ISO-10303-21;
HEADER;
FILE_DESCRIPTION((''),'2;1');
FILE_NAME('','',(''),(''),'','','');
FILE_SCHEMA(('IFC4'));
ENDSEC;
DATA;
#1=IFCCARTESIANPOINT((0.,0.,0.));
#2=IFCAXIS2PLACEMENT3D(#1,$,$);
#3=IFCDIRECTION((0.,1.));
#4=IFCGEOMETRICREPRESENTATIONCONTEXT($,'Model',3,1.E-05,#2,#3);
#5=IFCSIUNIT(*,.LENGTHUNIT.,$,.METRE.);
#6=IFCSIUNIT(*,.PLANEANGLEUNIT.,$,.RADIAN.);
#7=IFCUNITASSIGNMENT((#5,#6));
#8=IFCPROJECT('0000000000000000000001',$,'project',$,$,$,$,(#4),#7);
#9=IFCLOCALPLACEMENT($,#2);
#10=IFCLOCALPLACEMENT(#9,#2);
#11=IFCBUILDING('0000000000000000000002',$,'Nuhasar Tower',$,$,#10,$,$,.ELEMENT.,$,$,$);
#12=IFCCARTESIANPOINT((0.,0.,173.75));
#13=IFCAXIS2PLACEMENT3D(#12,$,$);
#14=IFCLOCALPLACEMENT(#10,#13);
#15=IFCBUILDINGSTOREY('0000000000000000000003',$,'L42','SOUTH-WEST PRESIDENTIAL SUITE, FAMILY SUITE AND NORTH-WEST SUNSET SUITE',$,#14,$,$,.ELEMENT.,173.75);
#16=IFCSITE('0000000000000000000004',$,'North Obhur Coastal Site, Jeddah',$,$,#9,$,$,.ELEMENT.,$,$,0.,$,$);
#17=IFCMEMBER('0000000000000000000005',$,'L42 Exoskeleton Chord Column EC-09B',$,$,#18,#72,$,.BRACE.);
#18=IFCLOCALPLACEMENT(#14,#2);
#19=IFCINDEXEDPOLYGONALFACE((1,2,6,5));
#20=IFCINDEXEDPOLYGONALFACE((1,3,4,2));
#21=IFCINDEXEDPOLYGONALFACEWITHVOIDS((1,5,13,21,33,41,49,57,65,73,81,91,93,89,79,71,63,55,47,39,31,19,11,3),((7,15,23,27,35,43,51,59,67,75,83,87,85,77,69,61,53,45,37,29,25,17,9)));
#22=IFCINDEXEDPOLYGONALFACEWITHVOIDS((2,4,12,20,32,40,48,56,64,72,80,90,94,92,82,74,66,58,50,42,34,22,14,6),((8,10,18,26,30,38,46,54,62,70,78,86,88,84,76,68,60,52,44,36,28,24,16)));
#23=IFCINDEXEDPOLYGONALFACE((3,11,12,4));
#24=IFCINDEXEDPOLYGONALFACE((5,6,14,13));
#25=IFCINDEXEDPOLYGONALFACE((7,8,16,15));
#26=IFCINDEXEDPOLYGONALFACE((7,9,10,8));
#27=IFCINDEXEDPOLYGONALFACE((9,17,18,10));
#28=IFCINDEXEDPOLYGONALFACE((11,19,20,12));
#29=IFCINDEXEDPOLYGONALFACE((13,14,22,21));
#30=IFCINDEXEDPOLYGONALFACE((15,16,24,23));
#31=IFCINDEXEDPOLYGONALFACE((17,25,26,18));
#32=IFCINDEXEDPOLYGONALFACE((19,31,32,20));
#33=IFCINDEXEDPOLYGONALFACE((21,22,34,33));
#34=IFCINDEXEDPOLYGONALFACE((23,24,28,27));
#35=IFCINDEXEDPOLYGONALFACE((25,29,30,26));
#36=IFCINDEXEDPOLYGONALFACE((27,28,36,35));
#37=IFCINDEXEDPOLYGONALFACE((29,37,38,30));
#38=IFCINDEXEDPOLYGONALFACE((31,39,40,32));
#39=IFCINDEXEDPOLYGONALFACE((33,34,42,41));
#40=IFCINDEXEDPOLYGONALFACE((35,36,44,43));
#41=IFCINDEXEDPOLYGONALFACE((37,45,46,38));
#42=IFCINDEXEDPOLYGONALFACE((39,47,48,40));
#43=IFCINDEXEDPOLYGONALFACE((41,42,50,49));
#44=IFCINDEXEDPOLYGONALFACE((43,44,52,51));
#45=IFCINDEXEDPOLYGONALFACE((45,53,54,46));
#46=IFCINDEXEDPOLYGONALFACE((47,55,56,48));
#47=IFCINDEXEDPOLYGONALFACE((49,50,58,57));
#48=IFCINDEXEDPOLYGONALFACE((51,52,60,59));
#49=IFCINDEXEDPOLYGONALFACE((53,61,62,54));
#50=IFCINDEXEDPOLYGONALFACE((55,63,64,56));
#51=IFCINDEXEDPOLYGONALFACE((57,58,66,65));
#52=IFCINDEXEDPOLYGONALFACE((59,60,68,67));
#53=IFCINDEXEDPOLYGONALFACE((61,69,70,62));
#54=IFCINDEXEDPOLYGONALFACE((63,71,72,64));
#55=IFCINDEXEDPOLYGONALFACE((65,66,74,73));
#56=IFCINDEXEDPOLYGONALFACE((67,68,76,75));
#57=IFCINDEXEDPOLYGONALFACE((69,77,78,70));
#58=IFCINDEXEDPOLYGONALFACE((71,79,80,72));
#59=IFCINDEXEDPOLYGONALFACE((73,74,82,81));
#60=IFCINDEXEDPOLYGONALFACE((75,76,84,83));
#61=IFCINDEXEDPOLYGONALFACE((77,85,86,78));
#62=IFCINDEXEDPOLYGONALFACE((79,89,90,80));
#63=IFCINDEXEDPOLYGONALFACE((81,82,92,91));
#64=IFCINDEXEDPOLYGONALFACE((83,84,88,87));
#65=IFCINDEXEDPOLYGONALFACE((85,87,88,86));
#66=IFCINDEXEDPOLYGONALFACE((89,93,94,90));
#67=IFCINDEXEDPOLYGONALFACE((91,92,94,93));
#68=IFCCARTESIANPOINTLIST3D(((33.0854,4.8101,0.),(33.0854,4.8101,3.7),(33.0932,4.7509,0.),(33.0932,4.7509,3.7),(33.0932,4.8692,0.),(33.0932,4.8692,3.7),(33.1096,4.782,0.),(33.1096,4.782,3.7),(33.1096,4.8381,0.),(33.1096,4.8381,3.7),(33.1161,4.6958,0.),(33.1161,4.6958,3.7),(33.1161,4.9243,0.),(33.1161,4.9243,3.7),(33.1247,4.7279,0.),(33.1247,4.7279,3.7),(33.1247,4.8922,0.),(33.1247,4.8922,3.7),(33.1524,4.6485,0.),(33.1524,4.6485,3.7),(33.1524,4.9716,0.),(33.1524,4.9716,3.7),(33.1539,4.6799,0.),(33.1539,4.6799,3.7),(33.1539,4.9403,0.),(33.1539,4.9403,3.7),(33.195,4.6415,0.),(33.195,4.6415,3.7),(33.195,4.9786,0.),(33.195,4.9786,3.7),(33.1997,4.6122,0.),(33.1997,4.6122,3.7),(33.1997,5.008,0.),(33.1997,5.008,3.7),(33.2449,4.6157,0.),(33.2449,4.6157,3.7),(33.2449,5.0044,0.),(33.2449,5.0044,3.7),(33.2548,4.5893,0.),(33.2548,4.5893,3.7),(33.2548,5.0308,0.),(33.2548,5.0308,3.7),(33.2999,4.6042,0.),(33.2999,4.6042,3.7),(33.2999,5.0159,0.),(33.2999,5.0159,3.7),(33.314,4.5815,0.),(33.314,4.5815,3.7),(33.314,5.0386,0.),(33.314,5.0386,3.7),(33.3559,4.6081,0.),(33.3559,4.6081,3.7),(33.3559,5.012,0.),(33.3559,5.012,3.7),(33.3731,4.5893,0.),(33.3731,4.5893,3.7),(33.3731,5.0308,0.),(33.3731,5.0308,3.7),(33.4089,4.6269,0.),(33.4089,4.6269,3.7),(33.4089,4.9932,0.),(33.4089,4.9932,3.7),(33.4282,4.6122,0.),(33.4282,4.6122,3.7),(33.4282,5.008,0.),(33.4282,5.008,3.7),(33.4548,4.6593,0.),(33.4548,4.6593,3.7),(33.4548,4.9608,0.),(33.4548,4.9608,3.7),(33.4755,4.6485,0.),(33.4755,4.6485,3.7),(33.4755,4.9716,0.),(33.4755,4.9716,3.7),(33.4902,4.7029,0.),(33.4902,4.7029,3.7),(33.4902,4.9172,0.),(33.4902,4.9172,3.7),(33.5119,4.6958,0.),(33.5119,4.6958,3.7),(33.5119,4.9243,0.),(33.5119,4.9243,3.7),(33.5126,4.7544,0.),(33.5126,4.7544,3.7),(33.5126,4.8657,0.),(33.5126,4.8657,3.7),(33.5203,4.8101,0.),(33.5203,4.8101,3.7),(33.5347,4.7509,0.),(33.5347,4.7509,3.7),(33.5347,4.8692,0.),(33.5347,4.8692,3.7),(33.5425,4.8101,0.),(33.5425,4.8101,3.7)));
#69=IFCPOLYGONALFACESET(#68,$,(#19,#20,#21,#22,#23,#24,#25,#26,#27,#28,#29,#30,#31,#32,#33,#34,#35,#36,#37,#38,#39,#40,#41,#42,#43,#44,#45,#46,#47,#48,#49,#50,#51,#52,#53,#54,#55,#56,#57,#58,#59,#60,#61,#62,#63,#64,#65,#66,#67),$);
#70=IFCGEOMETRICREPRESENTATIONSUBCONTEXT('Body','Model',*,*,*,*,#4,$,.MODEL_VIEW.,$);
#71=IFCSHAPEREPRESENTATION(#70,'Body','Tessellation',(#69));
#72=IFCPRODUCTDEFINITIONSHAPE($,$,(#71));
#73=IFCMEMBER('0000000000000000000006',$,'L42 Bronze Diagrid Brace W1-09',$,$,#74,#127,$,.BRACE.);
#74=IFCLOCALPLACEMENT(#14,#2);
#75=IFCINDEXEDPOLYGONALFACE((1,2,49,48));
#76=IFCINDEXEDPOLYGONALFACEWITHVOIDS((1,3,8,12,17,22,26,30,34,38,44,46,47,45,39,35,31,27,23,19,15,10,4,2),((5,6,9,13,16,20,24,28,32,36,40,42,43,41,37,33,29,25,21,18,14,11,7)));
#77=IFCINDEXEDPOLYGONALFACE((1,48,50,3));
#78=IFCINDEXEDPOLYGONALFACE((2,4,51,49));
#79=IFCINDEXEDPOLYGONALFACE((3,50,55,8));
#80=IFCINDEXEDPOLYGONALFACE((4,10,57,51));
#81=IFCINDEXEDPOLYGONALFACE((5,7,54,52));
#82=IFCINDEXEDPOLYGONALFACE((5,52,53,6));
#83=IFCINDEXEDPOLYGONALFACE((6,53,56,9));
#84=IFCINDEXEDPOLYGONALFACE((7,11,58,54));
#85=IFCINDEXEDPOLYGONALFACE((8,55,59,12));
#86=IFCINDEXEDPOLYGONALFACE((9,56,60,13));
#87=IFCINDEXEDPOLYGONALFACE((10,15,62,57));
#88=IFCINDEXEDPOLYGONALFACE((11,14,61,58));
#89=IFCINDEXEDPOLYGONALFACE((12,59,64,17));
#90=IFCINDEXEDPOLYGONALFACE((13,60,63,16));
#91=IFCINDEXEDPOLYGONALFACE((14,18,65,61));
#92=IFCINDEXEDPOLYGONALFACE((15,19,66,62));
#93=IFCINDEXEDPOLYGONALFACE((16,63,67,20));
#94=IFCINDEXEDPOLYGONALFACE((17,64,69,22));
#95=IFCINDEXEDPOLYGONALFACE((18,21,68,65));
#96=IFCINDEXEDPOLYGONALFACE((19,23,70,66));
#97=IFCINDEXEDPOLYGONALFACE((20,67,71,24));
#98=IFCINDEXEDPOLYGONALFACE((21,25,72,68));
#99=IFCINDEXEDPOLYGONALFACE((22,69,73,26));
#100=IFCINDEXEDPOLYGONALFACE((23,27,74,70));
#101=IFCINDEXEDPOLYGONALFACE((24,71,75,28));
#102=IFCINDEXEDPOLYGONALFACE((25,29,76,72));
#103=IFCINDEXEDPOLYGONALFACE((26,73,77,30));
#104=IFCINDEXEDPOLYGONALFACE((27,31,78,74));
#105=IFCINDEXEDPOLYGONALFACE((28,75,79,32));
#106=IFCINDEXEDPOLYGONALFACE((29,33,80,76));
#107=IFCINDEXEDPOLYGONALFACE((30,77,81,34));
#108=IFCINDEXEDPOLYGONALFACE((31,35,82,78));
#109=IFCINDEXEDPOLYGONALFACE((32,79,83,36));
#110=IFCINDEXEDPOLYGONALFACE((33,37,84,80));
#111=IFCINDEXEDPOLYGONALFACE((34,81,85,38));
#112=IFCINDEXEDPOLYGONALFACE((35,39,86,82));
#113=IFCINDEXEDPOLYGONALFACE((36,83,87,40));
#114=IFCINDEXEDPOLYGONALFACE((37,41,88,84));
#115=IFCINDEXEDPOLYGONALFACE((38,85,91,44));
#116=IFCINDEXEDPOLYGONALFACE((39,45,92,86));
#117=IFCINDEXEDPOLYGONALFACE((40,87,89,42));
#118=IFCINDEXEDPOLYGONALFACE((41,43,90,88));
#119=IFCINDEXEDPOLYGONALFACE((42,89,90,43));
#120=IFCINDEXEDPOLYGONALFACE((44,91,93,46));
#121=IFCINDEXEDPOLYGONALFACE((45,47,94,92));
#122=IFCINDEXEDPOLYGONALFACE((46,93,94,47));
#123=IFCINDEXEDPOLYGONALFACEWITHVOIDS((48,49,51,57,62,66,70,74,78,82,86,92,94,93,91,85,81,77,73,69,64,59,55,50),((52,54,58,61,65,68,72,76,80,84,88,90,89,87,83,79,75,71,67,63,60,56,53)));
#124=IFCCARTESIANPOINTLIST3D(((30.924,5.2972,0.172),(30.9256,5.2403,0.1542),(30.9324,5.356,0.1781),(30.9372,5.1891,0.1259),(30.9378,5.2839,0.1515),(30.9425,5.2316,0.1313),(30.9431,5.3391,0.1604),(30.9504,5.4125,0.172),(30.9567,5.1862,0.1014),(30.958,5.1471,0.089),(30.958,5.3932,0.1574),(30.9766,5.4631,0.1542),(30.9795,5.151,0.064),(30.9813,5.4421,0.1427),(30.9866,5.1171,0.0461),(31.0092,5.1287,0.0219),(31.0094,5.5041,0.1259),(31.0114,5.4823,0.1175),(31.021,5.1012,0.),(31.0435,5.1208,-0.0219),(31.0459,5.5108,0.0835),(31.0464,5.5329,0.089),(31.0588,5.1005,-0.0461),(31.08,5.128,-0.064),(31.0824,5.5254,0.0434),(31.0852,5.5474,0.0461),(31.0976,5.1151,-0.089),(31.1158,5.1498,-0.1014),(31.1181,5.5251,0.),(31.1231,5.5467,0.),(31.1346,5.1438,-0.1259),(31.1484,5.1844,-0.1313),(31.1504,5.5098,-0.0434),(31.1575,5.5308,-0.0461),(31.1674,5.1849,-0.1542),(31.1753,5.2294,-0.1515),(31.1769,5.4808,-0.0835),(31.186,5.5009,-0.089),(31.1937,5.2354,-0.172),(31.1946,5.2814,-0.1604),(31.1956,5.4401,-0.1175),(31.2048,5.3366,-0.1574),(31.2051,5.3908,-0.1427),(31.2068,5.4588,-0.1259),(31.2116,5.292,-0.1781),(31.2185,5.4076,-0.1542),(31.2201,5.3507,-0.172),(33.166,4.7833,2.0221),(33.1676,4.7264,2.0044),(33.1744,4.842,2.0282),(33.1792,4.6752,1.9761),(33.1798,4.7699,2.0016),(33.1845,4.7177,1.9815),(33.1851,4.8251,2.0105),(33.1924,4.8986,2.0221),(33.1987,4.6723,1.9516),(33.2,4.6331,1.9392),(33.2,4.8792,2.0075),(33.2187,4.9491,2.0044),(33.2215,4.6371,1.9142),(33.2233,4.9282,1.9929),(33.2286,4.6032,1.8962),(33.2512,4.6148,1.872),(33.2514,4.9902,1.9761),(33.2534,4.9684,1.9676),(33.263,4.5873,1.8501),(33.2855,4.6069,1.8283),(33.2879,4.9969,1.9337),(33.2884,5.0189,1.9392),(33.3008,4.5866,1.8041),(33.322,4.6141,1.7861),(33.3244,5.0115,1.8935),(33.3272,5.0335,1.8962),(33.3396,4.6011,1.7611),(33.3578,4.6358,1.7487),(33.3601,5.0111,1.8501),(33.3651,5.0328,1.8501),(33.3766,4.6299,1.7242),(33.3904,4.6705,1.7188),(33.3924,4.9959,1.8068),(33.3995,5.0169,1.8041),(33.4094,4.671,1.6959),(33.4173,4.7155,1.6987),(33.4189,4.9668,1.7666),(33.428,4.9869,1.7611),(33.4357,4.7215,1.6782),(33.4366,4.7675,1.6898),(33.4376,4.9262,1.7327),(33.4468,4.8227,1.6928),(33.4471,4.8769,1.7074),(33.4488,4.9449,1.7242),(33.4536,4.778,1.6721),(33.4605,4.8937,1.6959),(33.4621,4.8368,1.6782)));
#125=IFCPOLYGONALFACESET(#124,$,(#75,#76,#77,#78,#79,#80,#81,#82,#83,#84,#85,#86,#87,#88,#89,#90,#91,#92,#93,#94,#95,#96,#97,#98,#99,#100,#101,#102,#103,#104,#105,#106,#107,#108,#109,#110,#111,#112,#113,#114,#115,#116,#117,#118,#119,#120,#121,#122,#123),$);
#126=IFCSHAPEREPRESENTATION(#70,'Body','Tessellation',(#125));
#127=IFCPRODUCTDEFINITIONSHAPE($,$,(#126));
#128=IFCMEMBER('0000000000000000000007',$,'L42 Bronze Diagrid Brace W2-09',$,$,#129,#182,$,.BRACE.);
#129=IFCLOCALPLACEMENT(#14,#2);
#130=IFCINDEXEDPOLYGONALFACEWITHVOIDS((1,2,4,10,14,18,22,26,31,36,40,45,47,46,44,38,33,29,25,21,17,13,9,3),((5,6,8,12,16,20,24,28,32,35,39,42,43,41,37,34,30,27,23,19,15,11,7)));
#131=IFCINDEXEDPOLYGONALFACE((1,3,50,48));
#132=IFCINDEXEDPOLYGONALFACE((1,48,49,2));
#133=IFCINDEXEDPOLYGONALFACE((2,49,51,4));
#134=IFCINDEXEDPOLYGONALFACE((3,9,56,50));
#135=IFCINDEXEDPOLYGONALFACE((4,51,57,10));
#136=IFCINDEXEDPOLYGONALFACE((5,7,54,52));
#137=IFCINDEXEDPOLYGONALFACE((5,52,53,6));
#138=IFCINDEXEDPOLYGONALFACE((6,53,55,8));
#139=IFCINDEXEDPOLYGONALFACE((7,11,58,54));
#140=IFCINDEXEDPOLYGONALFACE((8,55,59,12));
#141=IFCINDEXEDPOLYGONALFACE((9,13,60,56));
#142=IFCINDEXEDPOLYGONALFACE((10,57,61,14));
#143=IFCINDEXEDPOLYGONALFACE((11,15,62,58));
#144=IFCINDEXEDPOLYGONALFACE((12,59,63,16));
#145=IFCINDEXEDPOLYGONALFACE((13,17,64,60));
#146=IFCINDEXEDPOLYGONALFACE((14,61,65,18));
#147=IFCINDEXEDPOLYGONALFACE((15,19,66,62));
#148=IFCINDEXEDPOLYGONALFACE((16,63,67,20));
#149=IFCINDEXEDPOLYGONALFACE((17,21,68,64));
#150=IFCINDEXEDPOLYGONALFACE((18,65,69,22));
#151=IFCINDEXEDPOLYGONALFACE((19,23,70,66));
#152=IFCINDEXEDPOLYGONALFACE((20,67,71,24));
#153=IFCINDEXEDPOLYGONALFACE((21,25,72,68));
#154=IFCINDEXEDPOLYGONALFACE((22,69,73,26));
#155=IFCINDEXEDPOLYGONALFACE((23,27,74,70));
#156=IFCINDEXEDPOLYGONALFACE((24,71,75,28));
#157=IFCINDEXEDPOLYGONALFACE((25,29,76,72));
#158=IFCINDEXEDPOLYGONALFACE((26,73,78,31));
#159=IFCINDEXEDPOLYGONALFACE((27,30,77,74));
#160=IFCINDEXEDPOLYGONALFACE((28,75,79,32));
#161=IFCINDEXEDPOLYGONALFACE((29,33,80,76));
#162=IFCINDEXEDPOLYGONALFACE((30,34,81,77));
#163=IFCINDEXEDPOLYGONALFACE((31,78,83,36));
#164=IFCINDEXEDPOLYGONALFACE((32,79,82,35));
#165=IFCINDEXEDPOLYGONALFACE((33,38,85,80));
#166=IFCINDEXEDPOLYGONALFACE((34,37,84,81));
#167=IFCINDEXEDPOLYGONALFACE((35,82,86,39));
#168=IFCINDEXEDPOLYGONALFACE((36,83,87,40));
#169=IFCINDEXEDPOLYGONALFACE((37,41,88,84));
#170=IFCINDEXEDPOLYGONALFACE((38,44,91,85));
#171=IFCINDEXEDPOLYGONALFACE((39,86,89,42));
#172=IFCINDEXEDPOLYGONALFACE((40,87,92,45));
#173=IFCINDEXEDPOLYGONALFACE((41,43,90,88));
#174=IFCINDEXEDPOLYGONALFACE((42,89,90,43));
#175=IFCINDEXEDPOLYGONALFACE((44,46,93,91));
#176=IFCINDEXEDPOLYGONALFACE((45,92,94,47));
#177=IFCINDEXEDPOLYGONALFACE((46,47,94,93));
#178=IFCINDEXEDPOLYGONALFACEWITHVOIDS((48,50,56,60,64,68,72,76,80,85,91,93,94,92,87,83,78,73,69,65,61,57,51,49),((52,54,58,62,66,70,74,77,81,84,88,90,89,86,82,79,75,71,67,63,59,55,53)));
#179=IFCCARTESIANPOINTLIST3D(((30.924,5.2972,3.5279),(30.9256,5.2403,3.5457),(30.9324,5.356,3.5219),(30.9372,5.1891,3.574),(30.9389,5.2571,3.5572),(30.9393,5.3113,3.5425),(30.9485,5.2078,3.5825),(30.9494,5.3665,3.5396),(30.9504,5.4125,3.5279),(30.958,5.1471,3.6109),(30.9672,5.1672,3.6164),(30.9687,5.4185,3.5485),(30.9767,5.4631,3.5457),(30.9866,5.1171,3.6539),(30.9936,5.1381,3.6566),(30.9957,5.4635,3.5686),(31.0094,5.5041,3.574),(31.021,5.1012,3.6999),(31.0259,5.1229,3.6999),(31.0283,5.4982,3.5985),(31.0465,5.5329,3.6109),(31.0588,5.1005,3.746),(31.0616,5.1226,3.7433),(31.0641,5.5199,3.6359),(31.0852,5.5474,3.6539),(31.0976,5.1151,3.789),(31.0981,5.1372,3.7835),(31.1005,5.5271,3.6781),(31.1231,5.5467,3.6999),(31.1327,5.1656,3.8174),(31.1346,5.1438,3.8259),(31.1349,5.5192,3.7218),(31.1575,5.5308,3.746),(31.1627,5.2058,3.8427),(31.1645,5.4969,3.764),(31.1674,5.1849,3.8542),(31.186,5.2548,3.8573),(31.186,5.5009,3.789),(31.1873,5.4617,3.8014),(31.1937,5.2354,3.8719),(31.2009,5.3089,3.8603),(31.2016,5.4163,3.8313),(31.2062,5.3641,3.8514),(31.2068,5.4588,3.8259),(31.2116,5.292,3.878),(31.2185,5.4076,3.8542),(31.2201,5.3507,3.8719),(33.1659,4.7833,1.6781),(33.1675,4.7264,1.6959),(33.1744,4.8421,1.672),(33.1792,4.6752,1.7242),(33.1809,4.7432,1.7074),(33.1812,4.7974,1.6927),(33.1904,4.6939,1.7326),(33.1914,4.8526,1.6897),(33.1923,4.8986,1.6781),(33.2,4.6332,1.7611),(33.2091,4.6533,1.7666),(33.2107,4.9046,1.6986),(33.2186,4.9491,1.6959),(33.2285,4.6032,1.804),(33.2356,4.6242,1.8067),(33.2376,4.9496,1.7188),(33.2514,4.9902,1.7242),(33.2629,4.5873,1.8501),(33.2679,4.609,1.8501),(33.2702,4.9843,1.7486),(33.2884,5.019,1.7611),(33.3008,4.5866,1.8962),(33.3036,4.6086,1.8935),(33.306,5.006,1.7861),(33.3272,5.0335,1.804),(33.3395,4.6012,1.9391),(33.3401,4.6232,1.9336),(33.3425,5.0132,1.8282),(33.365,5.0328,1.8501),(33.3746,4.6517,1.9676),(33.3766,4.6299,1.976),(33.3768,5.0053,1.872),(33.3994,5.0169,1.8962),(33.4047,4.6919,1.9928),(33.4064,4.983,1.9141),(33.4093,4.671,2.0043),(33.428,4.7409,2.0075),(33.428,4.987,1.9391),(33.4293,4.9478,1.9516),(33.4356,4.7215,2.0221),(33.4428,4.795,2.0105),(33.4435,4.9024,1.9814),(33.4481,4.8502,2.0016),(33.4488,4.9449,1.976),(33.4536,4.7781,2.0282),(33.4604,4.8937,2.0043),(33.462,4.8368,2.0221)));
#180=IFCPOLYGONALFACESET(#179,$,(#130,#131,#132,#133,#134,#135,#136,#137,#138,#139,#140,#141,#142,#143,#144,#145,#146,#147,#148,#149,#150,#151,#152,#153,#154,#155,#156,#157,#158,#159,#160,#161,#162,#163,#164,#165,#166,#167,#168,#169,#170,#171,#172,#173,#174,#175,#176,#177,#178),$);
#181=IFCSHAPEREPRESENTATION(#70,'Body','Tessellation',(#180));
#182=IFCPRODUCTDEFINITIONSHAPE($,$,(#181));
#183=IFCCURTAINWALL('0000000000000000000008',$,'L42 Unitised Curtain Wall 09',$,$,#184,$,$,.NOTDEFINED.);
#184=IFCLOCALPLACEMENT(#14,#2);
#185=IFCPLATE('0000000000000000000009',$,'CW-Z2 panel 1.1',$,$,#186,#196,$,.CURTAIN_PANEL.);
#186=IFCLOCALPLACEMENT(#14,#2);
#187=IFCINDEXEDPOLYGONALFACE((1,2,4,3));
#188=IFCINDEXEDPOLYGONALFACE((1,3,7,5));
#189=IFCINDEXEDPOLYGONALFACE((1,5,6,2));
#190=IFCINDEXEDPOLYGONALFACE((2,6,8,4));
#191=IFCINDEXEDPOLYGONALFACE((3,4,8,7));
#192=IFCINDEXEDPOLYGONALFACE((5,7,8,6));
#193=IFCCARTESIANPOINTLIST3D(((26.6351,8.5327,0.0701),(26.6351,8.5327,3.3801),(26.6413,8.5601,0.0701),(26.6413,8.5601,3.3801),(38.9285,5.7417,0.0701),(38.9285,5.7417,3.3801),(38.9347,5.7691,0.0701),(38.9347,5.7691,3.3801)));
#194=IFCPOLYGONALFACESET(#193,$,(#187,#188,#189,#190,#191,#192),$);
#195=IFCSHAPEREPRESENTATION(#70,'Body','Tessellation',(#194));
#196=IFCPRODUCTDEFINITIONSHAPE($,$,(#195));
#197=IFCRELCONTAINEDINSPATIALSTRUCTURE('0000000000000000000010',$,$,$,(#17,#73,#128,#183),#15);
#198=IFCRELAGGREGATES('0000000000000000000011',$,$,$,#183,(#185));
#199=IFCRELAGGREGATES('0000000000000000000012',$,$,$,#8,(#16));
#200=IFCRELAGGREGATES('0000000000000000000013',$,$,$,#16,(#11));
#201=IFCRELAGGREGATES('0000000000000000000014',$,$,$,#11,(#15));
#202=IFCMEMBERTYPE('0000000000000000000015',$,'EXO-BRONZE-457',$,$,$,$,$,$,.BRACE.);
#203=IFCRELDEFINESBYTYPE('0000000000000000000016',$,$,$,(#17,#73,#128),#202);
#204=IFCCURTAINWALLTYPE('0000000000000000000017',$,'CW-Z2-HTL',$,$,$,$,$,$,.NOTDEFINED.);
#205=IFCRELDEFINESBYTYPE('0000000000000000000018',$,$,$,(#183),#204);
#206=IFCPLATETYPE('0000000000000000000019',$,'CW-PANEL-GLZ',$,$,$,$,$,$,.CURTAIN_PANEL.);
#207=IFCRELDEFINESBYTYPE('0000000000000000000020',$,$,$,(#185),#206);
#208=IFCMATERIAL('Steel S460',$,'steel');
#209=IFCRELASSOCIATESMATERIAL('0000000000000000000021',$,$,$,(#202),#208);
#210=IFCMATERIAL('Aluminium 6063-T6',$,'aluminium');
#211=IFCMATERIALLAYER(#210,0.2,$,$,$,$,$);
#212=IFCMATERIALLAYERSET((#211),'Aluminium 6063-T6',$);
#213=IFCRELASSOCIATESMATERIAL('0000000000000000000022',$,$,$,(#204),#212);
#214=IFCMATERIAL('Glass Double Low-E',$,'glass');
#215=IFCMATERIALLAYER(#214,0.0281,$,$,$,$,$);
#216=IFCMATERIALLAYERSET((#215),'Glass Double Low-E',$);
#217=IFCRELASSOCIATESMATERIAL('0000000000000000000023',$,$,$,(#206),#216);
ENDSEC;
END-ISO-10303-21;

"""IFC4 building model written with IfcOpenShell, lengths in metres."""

from ifc_helpers import new_model, si_unit, direction, frame, origin, origin_2d, place, context, subcontext, project, spatial, rectangle, hollow_circle, extrude, material, layer, layer_set, material_profile, profile_set, type_object, element, aggregate, save


model = new_model("IFC4")

# Units and contexts
model_context = context("Model", 3, precision=1e-05, world=origin(), true_north=direction((0.0, 1.0)))
body_context = subcontext(model_context, "Body", "Model", "MODEL_VIEW")
ifc_project = project(units=[si_unit("LENGTHUNIT", "METRE"), si_unit("PLANEANGLEUNIT", "RADIAN")], contexts=[model_context])

# Site, building, storey
site_placement = place(None, origin())
site = spatial("IfcSite", under=ifc_project, at=site_placement, Name="North Obhur Coastal Site, Jeddah", CompositionType="ELEMENT", RefElevation=0.0)
building_placement = place(site_placement, origin())
building = spatial("IfcBuilding", under=site, at=building_placement, Name="Nuhasar Tower", CompositionType="ELEMENT")
storey_placement = place(building_placement, frame((0.0, 0.0, 173.75)))
storey = spatial("IfcBuildingStorey", under=building, at=storey_placement, Name="L42", Description="SOUTH-WEST PRESIDENTIAL SUITE, FAMILY SUITE AND NORTH-WEST SUNSET SUITE", CompositionType="ELEMENT", Elevation=173.75)

# Members
ifc_material_1 = material(Name="Steel S460", Category="steel")
ifc_material_profile_1 = material_profile(ifc_material_1, hollow_circle(Radius=0.2285, WallThickness=0.0222, at=origin_2d()), Name="HSS457X22.2")
ifc_profile_set_1 = profile_set([ifc_material_profile_1], Name="Steel S460")
member_type = type_object("IfcMemberType", Name="EXO-BRONZE-457", PredefinedType="BRACE", material=ifc_profile_set_1)
for number, where, z_axis, x_axis, name in (
    (1, (33.314, 4.8101, 0.0), (0.0, 0.0, 1.0), (1.0, 0.0, 0.0), "L42 Exoskeleton Chord Column EC-09B"),
):
    element("IfcMember", number, at=place(storey_placement, frame(where, z_axis=z_axis, x_axis=x_axis)), inside=storey, type_object=member_type, Name=name, PredefinedType="BRACE", context=body_context, shape_type="SweptSolid", body=[
        extrude(hollow_circle(Radius=0.2285, WallThickness=0.0222, at=origin_2d()), origin(), (0.0, 0.0, 1.0), 3.7),
    ])
member_1_placement = place(storey_placement, frame((31.072, 5.324, 0.0), z_axis=(0.75951, -0.174101, 0.626764), x_axis=(0.223433, 0.974719, 0.0)))
element("IfcMember", 2, at=member_1_placement, inside=storey, type_object=member_type, Name="L42 Bronze Diagrid Brace W1-09", PredefinedType="BRACE", context=body_context, shape_type="SweptSolid", body=[
    extrude(hollow_circle(Radius=0.2285, WallThickness=0.0222, at=origin_2d()), origin(), (0.0, 0.0, 1.0), 2.9519),
])
member_2_placement = place(storey_placement, frame((33.314, 4.8101, 1.8501), z_axis=(-0.75955, 0.17411, 0.626713), x_axis=(-0.223433, -0.974719, 0.0)))
element("IfcMember", 3, at=member_2_placement, inside=storey, type_object=member_type, Name="L42 Bronze Diagrid Brace W2-09", PredefinedType="BRACE", context=body_context, shape_type="SweptSolid", body=[
    extrude(hollow_circle(Radius=0.2285, WallThickness=0.0222, at=origin_2d()), origin(), (0.0, 0.0, 1.0), 2.9517),
])

# Curtain wall, plate
ifc_material_2 = material(Name="Aluminium 6063-T6", Category="aluminium")
ifc_layer_1 = layer(ifc_material_2, 0.2)
ifc_layer_set_1 = layer_set([ifc_layer_1], Name="Aluminium 6063-T6")
curtain_wall_type = type_object("IfcCurtainWallType", Name="CW-Z2-HTL", PredefinedType="NOTDEFINED", material=ifc_layer_set_1)
curtain_wall_placement = place(storey_placement, origin())
curtain_wall = element("IfcCurtainWall", 4, at=curtain_wall_placement, inside=storey, type_object=curtain_wall_type, Name="L42 Unitised Curtain Wall 09", PredefinedType="NOTDEFINED")
ifc_material_3 = material(Name="Glass Double Low-E", Category="glass")
ifc_layer_2 = layer(ifc_material_3, 0.0281)
ifc_layer_set_2 = layer_set([ifc_layer_2], Name="Glass Double Low-E")
plate_type = type_object("IfcPlateType", Name="CW-PANEL-GLZ", PredefinedType="CURTAIN_PANEL", material=ifc_layer_set_2)
plate_placement = place(storey_placement, frame((32.7849, 7.1509, 0.0701), z_axis=(0.0, 0.0, 1.0), x_axis=(0.975184, -0.221397, 0.0)))
plate = element("IfcPlate", 5, at=plate_placement, type_object=plate_type, Name="CW-Z2 panel 1.1", PredefinedType="CURTAIN_PANEL", context=body_context, shape_type="SweptSolid", body=[
    extrude(rectangle(XDim=12.6062, YDim=0.0281, at=origin_2d()), origin(), (0.0, 0.0, 1.0), 3.3101),
])
aggregate(curtain_wall, [plate])

save(model, "model.ifc")
